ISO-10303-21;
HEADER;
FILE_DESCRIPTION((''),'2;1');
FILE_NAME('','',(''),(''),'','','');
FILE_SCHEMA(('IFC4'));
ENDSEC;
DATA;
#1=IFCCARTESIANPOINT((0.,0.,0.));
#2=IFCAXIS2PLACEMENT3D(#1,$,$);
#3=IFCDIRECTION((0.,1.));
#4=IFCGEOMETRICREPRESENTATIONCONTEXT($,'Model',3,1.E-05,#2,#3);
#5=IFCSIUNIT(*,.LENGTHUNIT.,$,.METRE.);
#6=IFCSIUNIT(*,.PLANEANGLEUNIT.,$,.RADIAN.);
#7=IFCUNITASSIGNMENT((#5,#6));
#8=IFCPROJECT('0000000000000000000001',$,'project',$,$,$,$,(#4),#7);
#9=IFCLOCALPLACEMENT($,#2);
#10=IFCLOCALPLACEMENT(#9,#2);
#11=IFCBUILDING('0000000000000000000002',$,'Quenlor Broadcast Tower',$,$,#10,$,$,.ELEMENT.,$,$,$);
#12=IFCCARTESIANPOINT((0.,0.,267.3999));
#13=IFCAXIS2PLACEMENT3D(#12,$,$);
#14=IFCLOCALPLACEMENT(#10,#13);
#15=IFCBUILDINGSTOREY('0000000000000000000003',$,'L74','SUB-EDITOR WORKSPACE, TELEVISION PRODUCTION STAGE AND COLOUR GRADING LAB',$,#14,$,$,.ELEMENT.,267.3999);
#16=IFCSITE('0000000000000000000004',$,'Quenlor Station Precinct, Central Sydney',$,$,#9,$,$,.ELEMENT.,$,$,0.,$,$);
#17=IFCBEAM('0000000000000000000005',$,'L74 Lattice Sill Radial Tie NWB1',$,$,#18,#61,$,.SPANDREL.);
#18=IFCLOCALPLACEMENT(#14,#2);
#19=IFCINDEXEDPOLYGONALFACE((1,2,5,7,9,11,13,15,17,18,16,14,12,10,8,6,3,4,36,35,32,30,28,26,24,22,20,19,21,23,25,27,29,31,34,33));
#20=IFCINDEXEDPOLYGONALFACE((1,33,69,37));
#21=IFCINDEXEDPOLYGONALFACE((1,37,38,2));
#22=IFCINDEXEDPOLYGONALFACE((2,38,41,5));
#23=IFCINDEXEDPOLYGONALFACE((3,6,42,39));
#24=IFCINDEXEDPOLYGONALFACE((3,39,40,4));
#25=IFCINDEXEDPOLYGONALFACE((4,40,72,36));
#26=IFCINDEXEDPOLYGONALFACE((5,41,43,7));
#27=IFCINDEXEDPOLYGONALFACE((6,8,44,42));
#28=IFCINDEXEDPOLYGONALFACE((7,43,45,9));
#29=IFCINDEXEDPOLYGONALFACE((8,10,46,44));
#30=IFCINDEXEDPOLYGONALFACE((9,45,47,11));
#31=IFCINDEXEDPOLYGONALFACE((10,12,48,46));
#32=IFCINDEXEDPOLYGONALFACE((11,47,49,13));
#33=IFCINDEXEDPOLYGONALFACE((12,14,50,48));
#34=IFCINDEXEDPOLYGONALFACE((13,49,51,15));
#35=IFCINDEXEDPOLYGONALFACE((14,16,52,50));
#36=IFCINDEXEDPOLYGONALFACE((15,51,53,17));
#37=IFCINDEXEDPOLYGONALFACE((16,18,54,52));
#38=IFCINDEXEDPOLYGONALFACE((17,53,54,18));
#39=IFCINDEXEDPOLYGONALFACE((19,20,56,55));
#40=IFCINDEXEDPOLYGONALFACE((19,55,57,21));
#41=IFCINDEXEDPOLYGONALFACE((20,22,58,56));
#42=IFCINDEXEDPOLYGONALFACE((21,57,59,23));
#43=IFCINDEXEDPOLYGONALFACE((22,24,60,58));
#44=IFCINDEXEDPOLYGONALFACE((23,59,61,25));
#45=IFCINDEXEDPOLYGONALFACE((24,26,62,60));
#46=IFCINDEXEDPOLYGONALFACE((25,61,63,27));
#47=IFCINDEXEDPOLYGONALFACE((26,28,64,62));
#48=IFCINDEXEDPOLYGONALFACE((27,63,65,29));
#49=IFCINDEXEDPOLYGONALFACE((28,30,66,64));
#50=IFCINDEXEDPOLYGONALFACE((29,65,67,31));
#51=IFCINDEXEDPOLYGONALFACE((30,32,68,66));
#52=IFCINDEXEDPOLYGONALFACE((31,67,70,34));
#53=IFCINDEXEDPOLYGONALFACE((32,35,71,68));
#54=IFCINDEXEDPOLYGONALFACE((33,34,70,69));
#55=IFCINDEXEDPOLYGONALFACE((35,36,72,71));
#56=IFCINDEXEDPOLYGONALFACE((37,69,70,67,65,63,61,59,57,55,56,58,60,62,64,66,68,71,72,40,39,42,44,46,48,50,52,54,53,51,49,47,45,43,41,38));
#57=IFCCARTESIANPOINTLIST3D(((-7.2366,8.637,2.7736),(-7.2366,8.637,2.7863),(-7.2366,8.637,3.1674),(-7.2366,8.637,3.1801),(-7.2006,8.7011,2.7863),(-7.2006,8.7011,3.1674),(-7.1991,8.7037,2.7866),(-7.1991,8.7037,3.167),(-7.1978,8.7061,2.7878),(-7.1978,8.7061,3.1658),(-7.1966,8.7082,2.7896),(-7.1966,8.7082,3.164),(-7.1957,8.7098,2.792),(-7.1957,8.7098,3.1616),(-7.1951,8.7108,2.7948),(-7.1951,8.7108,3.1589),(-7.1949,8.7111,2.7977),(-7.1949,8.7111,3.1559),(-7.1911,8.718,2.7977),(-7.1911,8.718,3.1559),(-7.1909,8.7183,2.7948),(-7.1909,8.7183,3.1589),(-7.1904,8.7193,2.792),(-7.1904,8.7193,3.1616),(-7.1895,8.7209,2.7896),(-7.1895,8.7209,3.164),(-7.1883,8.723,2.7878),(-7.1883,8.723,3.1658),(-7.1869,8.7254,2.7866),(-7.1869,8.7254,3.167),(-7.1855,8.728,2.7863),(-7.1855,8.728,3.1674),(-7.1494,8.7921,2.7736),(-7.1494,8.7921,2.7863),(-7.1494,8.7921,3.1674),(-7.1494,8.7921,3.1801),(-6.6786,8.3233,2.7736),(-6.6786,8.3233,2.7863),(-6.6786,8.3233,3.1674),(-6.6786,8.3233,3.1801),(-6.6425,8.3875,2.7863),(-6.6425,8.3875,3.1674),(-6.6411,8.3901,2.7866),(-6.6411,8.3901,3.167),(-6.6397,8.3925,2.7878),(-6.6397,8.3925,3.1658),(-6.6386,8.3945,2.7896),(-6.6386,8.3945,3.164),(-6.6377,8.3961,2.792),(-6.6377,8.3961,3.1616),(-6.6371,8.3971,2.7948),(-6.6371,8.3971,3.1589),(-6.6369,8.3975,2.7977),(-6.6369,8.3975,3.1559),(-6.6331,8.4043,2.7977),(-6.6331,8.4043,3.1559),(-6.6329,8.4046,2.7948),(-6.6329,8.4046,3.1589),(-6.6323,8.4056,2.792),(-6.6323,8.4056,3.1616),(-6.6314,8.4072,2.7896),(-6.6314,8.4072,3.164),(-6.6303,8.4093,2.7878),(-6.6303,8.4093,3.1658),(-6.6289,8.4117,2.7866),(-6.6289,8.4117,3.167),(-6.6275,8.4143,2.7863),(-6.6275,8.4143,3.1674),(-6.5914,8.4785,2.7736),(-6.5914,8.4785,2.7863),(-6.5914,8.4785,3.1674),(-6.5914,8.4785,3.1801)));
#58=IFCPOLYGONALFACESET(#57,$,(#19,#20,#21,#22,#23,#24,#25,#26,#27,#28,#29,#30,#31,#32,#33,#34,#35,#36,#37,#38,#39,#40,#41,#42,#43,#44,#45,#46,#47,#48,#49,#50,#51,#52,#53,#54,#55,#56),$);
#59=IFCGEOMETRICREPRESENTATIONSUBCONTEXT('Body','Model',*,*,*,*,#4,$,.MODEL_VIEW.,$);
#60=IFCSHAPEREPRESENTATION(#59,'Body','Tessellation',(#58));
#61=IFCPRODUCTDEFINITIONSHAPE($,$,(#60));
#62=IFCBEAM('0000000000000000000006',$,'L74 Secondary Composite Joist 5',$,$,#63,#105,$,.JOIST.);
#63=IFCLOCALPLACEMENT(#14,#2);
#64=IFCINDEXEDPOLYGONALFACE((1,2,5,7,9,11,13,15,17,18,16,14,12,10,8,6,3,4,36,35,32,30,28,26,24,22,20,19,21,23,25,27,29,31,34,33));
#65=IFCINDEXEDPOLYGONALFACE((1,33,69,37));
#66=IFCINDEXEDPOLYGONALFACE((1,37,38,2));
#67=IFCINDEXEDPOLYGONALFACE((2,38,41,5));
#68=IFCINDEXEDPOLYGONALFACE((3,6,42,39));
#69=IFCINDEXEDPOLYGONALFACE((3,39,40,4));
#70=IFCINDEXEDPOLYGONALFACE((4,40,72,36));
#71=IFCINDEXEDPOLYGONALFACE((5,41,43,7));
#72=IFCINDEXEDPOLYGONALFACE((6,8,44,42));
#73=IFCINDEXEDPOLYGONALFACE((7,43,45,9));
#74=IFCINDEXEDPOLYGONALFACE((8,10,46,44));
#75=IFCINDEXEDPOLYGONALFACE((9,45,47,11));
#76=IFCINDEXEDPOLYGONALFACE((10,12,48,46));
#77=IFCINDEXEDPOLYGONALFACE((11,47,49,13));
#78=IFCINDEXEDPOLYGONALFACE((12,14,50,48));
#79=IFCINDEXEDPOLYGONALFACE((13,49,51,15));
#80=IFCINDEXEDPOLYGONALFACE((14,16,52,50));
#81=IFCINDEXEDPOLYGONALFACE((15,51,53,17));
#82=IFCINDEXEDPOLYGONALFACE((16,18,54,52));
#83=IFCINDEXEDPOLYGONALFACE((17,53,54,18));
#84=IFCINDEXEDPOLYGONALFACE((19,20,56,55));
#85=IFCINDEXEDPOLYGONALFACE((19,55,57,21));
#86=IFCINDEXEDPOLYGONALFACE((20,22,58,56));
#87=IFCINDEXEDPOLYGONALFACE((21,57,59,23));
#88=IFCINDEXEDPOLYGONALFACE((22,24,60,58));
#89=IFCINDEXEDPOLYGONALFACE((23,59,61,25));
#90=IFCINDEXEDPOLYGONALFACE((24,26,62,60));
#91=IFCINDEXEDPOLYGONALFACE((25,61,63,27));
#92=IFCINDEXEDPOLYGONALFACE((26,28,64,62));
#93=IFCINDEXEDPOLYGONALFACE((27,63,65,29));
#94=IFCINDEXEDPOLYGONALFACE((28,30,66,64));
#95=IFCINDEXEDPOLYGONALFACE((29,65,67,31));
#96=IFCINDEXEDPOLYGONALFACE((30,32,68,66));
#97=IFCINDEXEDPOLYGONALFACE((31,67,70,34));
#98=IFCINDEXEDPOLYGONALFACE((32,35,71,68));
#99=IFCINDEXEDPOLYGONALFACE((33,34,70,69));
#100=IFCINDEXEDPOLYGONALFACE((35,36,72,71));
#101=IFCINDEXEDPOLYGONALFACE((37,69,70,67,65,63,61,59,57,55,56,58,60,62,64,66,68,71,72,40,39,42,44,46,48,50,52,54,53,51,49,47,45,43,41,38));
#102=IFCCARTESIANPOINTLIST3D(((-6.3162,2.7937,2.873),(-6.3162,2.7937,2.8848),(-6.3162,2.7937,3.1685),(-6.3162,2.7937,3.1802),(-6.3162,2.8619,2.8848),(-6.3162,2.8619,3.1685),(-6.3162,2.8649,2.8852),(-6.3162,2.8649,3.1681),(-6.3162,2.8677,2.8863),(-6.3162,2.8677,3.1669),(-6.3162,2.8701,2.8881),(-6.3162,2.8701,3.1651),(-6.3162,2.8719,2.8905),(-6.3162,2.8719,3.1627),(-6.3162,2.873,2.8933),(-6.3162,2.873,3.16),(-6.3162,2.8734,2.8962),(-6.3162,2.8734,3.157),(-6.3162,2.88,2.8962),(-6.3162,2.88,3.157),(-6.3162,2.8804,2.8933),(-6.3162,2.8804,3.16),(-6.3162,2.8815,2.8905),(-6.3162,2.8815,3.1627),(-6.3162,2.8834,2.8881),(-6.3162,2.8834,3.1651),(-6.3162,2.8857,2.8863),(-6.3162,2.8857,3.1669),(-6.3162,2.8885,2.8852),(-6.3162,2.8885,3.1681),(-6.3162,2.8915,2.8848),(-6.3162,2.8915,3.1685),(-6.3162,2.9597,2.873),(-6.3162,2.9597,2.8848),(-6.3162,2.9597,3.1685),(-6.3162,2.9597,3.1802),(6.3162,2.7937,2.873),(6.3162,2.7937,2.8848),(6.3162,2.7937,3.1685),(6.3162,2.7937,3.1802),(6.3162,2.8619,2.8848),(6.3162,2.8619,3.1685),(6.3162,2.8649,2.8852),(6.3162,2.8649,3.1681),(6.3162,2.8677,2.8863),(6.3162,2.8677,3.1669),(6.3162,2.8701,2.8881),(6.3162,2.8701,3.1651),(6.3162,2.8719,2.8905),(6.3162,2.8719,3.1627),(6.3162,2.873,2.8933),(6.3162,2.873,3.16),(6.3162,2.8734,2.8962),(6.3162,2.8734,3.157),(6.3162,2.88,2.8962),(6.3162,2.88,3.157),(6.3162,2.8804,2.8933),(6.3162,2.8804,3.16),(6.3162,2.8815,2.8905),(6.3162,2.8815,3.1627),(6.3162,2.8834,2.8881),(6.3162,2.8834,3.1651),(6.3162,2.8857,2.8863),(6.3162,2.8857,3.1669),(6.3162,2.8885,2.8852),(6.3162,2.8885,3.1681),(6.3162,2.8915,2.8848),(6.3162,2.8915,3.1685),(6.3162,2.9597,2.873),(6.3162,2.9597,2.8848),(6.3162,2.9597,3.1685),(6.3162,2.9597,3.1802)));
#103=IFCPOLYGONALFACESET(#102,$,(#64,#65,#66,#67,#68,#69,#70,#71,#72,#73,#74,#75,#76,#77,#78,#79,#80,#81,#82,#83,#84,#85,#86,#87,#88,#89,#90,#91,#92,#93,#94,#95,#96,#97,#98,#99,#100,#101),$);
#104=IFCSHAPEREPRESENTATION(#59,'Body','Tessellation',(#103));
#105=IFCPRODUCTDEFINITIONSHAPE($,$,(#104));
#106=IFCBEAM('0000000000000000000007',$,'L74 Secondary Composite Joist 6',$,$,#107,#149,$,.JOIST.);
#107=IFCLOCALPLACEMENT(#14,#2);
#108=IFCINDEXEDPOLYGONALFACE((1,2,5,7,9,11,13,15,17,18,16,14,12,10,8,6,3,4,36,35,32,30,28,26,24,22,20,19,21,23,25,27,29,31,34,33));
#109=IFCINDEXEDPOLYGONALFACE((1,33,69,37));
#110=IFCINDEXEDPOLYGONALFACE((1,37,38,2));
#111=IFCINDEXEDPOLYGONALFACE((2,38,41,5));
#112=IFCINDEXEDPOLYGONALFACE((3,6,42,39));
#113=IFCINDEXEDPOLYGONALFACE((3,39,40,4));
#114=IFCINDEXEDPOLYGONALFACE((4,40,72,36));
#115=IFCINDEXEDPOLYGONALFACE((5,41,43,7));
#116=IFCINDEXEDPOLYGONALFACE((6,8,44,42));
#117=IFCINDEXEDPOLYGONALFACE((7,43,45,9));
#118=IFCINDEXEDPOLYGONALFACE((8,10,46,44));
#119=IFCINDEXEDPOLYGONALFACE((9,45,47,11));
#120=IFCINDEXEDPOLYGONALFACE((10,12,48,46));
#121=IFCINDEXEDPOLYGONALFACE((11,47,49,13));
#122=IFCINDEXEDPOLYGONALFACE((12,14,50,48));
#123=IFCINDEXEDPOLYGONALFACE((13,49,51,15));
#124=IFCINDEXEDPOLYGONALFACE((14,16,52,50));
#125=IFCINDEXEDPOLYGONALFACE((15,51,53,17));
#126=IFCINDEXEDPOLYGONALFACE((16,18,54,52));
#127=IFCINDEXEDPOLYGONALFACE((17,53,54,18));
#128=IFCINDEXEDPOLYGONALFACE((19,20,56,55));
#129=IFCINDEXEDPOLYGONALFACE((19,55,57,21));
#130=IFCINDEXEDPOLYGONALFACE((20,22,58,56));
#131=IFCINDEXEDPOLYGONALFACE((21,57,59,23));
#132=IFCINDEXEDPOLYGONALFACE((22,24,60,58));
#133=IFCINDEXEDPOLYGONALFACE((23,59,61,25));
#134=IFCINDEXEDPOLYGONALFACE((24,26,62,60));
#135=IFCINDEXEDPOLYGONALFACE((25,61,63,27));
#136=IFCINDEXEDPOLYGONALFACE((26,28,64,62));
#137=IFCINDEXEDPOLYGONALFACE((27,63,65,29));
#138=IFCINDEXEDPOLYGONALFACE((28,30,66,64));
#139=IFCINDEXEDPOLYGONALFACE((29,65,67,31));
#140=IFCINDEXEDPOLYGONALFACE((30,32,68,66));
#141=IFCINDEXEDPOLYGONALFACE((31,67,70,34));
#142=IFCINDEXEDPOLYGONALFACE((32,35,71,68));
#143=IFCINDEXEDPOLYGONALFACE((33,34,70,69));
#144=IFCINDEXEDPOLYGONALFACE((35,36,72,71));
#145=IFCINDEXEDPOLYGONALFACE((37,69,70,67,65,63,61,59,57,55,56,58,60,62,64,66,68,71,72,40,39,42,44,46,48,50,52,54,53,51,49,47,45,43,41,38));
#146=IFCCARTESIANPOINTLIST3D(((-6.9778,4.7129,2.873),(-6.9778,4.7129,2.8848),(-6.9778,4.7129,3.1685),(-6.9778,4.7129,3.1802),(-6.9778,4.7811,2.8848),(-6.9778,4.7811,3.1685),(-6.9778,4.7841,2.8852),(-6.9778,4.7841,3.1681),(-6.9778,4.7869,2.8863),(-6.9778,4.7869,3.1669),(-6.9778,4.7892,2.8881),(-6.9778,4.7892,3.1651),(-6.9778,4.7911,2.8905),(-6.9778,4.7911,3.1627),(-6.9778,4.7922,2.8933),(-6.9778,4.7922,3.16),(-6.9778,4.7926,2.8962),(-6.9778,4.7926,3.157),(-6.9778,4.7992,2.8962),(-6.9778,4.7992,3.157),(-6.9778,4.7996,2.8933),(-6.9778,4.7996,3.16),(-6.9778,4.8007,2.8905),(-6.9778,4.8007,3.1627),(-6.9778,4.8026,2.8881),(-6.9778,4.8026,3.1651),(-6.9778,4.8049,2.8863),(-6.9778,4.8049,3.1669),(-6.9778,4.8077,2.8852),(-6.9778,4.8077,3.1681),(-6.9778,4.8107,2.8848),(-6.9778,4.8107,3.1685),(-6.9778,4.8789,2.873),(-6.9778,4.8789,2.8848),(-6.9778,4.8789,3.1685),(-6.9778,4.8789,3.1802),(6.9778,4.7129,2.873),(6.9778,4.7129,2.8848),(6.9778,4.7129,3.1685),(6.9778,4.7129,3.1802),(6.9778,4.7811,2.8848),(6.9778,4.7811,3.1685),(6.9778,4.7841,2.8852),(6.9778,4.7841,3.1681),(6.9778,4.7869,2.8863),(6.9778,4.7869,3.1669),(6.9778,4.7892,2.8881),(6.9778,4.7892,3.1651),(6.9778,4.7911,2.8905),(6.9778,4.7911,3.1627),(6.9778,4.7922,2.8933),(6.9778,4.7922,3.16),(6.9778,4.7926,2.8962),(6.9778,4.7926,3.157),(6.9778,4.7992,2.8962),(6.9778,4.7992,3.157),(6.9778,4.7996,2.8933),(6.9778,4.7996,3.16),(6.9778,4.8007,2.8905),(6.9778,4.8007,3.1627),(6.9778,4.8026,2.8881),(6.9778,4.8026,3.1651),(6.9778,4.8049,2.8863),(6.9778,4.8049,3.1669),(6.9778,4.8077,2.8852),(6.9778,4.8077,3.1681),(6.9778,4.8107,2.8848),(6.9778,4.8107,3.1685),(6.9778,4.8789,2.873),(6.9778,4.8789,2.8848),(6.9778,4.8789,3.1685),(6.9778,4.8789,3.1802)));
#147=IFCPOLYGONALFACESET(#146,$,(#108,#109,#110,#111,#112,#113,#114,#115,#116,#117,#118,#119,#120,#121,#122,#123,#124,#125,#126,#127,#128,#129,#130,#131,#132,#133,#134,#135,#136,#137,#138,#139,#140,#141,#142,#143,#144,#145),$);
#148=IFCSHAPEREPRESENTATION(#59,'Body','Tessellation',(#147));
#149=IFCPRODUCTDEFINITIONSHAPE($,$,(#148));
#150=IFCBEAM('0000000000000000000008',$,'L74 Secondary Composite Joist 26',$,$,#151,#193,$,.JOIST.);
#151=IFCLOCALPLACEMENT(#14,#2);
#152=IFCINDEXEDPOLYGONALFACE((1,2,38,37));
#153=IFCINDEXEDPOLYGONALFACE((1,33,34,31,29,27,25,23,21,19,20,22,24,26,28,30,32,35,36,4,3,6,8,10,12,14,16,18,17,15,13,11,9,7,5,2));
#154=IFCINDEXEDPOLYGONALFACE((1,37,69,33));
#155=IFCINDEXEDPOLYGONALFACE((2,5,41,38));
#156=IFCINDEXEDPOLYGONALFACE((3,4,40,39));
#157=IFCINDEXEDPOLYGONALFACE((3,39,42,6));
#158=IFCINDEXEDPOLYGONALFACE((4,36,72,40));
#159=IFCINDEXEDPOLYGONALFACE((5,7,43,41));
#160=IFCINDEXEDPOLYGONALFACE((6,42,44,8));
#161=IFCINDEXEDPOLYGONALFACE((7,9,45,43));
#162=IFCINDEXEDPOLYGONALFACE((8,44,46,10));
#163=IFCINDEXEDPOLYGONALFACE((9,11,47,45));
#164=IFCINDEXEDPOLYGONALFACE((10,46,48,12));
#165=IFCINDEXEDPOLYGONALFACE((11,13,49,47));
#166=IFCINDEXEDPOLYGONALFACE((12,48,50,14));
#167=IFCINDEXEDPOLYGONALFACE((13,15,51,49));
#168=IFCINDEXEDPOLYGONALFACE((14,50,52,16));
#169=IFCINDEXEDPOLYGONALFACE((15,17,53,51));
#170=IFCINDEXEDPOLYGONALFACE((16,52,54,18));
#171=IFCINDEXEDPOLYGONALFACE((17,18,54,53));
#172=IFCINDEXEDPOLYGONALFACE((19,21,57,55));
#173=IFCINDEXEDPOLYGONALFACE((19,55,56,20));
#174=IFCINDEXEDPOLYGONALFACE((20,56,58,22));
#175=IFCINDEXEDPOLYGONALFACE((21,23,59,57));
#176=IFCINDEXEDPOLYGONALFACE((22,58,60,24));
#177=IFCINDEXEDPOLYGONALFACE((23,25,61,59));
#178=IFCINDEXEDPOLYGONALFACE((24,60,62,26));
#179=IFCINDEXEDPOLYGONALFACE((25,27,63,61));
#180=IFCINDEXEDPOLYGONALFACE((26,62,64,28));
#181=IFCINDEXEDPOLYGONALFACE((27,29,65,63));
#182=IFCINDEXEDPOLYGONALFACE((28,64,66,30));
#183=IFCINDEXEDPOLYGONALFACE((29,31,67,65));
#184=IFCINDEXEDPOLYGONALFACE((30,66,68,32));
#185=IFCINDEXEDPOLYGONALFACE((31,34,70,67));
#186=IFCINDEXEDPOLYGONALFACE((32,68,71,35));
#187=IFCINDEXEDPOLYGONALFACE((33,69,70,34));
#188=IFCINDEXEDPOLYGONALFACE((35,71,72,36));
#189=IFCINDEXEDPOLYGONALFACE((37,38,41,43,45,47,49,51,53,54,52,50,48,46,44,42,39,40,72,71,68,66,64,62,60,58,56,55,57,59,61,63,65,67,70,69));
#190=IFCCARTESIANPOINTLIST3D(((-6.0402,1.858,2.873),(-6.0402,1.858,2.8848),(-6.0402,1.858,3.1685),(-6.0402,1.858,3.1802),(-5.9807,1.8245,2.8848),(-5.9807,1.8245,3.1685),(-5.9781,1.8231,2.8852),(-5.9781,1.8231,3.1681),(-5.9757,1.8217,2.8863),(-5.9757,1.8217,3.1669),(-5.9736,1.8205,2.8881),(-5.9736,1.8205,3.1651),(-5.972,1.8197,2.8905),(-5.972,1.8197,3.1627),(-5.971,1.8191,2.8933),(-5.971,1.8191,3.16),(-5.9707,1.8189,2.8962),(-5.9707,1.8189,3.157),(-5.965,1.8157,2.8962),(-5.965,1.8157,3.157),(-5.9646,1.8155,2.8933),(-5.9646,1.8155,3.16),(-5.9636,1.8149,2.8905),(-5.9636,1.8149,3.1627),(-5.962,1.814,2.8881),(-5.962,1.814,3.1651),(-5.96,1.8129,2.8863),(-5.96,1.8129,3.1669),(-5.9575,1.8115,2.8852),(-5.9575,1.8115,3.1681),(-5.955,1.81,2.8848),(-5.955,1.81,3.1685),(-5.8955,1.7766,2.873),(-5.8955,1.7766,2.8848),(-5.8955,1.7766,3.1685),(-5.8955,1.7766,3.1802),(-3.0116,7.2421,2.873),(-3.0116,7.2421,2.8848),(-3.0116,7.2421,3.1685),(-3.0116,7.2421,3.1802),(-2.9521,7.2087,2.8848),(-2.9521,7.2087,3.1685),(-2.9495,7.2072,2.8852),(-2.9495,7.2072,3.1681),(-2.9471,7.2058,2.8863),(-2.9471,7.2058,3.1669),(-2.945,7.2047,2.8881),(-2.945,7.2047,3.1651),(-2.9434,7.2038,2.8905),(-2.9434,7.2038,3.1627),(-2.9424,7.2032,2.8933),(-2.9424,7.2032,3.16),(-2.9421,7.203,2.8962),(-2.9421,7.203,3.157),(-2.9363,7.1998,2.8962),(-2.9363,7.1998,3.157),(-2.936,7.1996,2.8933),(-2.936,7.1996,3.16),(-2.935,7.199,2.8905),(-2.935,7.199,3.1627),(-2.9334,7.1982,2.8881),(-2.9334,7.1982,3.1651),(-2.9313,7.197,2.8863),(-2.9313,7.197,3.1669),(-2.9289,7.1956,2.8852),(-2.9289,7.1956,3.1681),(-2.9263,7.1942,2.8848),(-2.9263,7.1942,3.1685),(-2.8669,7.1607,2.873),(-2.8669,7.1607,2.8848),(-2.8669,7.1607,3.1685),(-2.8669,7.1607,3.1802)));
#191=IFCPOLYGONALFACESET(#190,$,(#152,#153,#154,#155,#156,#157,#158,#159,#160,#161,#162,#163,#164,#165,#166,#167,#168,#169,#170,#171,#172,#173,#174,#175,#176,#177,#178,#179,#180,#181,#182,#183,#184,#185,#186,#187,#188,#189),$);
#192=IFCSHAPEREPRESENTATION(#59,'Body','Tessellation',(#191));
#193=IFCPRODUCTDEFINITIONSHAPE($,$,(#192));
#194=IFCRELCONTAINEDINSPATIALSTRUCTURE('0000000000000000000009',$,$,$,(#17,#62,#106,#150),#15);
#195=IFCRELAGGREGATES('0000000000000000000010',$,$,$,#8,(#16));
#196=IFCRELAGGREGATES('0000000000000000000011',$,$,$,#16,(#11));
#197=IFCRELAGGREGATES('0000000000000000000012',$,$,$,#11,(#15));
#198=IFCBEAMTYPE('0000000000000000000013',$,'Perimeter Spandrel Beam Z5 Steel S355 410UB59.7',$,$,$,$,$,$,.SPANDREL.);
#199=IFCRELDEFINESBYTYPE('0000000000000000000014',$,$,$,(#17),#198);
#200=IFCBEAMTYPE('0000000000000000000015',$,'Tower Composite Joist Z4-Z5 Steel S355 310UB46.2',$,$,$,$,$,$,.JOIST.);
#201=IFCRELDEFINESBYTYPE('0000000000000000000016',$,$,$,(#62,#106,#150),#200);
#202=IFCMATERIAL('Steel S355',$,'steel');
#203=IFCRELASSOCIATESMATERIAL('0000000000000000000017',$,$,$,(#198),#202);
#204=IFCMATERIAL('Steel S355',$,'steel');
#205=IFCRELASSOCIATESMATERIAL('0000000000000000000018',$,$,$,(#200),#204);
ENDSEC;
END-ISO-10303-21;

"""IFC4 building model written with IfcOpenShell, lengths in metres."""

from ifc_helpers import new_model, si_unit, direction, frame, origin, origin_2d, place, context, subcontext, project, spatial, i_section, extrude, material, material_profile, profile_set, type_object, element, save


model = new_model("IFC4")

# Units and contexts
model_context = context("Model", 3, precision=1e-05, world=origin(), true_north=direction((0.0, 1.0)))
body_context = subcontext(model_context, "Body", "Model", "MODEL_VIEW")
ifc_project = project(units=[si_unit("LENGTHUNIT", "METRE"), si_unit("PLANEANGLEUNIT", "RADIAN")], contexts=[model_context])

# Site, building, storey
site_placement = place(None, origin())
site = spatial("IfcSite", under=ifc_project, at=site_placement, Name="Quenlor Station Precinct, Central Sydney", CompositionType="ELEMENT", RefElevation=0.0)
building_placement = place(site_placement, origin())
building = spatial("IfcBuilding", under=site, at=building_placement, Name="Quenlor Broadcast Tower", CompositionType="ELEMENT")
storey_placement = place(building_placement, frame((0.0, 0.0, 267.3999)))
storey = spatial("IfcBuildingStorey", under=building, at=storey_placement, Name="L74", Description="SUB-EDITOR WORKSPACE, TELEVISION PRODUCTION STAGE AND COLOUR GRADING LAB", CompositionType="ELEMENT", Elevation=267.3999)

# Beams
ifc_material_1 = material(Name="Steel S355", Category="steel")
ifc_material_profile_1 = material_profile(ifc_material_1, i_section(OverallWidth=0.178, OverallDepth=0.4065, WebThickness=0.0078, FlangeThickness=0.0127, FilletRadius=0.0115, at=origin_2d()))
ifc_profile_set_1 = profile_set([ifc_material_profile_1], Name="Steel S355 410UB59.7")
beam_type_1 = type_object("IfcBeamType", Name="Perimeter Spandrel Beam Z5 Steel S355 410UB59.7", PredefinedType="SPANDREL", material=ifc_profile_set_1)
beam_1_placement = place(storey_placement, frame((-6.635, 8.4009, 2.9768), z_axis=(-0.871718, 0.490008, 0.0), x_axis=(-0.490008, -0.871718, 0.0)))
element("IfcBeam", 1, at=beam_1_placement, inside=storey, type_object=beam_type_1, Name="L74 Lattice Sill Radial Tie NWB1", PredefinedType="SPANDREL", context=body_context, shape_type="SweptSolid", body=[
    extrude(i_section(OverallWidth=0.178, OverallDepth=0.4065, WebThickness=0.0078, FlangeThickness=0.0127, FilletRadius=0.0115, at=origin_2d()), origin(), (0.0, 0.0, 1.0), 0.6401),
])
ifc_material_2 = material(Name="Steel S355", Category="steel")
ifc_material_profile_2 = material_profile(ifc_material_2, i_section(OverallWidth=0.166, OverallDepth=0.3071, WebThickness=0.0066, FlangeThickness=0.0117, FilletRadius=0.0115, at=origin_2d()))
ifc_profile_set_2 = profile_set([ifc_material_profile_2], Name="Steel S355 310UB46.2")
beam_type_2 = type_object("IfcBeamType", Name="Tower Composite Joist Z4-Z5 Steel S355 310UB46.2", PredefinedType="JOIST", material=ifc_profile_set_2)
beam_2_placement = place(storey_placement, frame((-6.3162, 2.8767, 3.0266), z_axis=(1.0, 0.0, 0.0), x_axis=(0.0, 1.0, 0.0)))
element("IfcBeam", 2, at=beam_2_placement, inside=storey, type_object=beam_type_2, Name="L74 Secondary Composite Joist 5", PredefinedType="JOIST", context=body_context, shape_type="SweptSolid", body=[
    extrude(i_section(OverallWidth=0.166, OverallDepth=0.3071, WebThickness=0.0066, FlangeThickness=0.0117, FilletRadius=0.0115, at=origin_2d()), origin(), (0.0, 0.0, 1.0), 12.6323),
])
beam_3_placement = place(storey_placement, frame((-6.9778, 4.7959, 3.0266), z_axis=(1.0, 0.0, 0.0), x_axis=(0.0, 1.0, 0.0)))
element("IfcBeam", 3, at=beam_3_placement, inside=storey, type_object=beam_type_2, Name="L74 Secondary Composite Joist 6", PredefinedType="JOIST", context=body_context, shape_type="SweptSolid", body=[
    extrude(i_section(OverallWidth=0.166, OverallDepth=0.3071, WebThickness=0.0066, FlangeThickness=0.0117, FilletRadius=0.0115, at=origin_2d()), origin(), (0.0, 0.0, 1.0), 13.9556),
])
beam_4_placement = place(storey_placement, frame((-2.9392, 7.2014, 3.0266), z_axis=(-0.490267, -0.871572, 0.0), x_axis=(0.871572, -0.490267, 0.0)))
element("IfcBeam", 4, at=beam_4_placement, inside=storey, type_object=beam_type_2, Name="L74 Secondary Composite Joist 26", PredefinedType="JOIST", context=body_context, shape_type="SweptSolid", body=[
    extrude(i_section(OverallWidth=0.166, OverallDepth=0.3071, WebThickness=0.0066, FlangeThickness=0.0117, FilletRadius=0.0115, at=origin_2d()), origin(), (0.0, 0.0, 1.0), 6.1775),
])

save(model, "model.ifc")
